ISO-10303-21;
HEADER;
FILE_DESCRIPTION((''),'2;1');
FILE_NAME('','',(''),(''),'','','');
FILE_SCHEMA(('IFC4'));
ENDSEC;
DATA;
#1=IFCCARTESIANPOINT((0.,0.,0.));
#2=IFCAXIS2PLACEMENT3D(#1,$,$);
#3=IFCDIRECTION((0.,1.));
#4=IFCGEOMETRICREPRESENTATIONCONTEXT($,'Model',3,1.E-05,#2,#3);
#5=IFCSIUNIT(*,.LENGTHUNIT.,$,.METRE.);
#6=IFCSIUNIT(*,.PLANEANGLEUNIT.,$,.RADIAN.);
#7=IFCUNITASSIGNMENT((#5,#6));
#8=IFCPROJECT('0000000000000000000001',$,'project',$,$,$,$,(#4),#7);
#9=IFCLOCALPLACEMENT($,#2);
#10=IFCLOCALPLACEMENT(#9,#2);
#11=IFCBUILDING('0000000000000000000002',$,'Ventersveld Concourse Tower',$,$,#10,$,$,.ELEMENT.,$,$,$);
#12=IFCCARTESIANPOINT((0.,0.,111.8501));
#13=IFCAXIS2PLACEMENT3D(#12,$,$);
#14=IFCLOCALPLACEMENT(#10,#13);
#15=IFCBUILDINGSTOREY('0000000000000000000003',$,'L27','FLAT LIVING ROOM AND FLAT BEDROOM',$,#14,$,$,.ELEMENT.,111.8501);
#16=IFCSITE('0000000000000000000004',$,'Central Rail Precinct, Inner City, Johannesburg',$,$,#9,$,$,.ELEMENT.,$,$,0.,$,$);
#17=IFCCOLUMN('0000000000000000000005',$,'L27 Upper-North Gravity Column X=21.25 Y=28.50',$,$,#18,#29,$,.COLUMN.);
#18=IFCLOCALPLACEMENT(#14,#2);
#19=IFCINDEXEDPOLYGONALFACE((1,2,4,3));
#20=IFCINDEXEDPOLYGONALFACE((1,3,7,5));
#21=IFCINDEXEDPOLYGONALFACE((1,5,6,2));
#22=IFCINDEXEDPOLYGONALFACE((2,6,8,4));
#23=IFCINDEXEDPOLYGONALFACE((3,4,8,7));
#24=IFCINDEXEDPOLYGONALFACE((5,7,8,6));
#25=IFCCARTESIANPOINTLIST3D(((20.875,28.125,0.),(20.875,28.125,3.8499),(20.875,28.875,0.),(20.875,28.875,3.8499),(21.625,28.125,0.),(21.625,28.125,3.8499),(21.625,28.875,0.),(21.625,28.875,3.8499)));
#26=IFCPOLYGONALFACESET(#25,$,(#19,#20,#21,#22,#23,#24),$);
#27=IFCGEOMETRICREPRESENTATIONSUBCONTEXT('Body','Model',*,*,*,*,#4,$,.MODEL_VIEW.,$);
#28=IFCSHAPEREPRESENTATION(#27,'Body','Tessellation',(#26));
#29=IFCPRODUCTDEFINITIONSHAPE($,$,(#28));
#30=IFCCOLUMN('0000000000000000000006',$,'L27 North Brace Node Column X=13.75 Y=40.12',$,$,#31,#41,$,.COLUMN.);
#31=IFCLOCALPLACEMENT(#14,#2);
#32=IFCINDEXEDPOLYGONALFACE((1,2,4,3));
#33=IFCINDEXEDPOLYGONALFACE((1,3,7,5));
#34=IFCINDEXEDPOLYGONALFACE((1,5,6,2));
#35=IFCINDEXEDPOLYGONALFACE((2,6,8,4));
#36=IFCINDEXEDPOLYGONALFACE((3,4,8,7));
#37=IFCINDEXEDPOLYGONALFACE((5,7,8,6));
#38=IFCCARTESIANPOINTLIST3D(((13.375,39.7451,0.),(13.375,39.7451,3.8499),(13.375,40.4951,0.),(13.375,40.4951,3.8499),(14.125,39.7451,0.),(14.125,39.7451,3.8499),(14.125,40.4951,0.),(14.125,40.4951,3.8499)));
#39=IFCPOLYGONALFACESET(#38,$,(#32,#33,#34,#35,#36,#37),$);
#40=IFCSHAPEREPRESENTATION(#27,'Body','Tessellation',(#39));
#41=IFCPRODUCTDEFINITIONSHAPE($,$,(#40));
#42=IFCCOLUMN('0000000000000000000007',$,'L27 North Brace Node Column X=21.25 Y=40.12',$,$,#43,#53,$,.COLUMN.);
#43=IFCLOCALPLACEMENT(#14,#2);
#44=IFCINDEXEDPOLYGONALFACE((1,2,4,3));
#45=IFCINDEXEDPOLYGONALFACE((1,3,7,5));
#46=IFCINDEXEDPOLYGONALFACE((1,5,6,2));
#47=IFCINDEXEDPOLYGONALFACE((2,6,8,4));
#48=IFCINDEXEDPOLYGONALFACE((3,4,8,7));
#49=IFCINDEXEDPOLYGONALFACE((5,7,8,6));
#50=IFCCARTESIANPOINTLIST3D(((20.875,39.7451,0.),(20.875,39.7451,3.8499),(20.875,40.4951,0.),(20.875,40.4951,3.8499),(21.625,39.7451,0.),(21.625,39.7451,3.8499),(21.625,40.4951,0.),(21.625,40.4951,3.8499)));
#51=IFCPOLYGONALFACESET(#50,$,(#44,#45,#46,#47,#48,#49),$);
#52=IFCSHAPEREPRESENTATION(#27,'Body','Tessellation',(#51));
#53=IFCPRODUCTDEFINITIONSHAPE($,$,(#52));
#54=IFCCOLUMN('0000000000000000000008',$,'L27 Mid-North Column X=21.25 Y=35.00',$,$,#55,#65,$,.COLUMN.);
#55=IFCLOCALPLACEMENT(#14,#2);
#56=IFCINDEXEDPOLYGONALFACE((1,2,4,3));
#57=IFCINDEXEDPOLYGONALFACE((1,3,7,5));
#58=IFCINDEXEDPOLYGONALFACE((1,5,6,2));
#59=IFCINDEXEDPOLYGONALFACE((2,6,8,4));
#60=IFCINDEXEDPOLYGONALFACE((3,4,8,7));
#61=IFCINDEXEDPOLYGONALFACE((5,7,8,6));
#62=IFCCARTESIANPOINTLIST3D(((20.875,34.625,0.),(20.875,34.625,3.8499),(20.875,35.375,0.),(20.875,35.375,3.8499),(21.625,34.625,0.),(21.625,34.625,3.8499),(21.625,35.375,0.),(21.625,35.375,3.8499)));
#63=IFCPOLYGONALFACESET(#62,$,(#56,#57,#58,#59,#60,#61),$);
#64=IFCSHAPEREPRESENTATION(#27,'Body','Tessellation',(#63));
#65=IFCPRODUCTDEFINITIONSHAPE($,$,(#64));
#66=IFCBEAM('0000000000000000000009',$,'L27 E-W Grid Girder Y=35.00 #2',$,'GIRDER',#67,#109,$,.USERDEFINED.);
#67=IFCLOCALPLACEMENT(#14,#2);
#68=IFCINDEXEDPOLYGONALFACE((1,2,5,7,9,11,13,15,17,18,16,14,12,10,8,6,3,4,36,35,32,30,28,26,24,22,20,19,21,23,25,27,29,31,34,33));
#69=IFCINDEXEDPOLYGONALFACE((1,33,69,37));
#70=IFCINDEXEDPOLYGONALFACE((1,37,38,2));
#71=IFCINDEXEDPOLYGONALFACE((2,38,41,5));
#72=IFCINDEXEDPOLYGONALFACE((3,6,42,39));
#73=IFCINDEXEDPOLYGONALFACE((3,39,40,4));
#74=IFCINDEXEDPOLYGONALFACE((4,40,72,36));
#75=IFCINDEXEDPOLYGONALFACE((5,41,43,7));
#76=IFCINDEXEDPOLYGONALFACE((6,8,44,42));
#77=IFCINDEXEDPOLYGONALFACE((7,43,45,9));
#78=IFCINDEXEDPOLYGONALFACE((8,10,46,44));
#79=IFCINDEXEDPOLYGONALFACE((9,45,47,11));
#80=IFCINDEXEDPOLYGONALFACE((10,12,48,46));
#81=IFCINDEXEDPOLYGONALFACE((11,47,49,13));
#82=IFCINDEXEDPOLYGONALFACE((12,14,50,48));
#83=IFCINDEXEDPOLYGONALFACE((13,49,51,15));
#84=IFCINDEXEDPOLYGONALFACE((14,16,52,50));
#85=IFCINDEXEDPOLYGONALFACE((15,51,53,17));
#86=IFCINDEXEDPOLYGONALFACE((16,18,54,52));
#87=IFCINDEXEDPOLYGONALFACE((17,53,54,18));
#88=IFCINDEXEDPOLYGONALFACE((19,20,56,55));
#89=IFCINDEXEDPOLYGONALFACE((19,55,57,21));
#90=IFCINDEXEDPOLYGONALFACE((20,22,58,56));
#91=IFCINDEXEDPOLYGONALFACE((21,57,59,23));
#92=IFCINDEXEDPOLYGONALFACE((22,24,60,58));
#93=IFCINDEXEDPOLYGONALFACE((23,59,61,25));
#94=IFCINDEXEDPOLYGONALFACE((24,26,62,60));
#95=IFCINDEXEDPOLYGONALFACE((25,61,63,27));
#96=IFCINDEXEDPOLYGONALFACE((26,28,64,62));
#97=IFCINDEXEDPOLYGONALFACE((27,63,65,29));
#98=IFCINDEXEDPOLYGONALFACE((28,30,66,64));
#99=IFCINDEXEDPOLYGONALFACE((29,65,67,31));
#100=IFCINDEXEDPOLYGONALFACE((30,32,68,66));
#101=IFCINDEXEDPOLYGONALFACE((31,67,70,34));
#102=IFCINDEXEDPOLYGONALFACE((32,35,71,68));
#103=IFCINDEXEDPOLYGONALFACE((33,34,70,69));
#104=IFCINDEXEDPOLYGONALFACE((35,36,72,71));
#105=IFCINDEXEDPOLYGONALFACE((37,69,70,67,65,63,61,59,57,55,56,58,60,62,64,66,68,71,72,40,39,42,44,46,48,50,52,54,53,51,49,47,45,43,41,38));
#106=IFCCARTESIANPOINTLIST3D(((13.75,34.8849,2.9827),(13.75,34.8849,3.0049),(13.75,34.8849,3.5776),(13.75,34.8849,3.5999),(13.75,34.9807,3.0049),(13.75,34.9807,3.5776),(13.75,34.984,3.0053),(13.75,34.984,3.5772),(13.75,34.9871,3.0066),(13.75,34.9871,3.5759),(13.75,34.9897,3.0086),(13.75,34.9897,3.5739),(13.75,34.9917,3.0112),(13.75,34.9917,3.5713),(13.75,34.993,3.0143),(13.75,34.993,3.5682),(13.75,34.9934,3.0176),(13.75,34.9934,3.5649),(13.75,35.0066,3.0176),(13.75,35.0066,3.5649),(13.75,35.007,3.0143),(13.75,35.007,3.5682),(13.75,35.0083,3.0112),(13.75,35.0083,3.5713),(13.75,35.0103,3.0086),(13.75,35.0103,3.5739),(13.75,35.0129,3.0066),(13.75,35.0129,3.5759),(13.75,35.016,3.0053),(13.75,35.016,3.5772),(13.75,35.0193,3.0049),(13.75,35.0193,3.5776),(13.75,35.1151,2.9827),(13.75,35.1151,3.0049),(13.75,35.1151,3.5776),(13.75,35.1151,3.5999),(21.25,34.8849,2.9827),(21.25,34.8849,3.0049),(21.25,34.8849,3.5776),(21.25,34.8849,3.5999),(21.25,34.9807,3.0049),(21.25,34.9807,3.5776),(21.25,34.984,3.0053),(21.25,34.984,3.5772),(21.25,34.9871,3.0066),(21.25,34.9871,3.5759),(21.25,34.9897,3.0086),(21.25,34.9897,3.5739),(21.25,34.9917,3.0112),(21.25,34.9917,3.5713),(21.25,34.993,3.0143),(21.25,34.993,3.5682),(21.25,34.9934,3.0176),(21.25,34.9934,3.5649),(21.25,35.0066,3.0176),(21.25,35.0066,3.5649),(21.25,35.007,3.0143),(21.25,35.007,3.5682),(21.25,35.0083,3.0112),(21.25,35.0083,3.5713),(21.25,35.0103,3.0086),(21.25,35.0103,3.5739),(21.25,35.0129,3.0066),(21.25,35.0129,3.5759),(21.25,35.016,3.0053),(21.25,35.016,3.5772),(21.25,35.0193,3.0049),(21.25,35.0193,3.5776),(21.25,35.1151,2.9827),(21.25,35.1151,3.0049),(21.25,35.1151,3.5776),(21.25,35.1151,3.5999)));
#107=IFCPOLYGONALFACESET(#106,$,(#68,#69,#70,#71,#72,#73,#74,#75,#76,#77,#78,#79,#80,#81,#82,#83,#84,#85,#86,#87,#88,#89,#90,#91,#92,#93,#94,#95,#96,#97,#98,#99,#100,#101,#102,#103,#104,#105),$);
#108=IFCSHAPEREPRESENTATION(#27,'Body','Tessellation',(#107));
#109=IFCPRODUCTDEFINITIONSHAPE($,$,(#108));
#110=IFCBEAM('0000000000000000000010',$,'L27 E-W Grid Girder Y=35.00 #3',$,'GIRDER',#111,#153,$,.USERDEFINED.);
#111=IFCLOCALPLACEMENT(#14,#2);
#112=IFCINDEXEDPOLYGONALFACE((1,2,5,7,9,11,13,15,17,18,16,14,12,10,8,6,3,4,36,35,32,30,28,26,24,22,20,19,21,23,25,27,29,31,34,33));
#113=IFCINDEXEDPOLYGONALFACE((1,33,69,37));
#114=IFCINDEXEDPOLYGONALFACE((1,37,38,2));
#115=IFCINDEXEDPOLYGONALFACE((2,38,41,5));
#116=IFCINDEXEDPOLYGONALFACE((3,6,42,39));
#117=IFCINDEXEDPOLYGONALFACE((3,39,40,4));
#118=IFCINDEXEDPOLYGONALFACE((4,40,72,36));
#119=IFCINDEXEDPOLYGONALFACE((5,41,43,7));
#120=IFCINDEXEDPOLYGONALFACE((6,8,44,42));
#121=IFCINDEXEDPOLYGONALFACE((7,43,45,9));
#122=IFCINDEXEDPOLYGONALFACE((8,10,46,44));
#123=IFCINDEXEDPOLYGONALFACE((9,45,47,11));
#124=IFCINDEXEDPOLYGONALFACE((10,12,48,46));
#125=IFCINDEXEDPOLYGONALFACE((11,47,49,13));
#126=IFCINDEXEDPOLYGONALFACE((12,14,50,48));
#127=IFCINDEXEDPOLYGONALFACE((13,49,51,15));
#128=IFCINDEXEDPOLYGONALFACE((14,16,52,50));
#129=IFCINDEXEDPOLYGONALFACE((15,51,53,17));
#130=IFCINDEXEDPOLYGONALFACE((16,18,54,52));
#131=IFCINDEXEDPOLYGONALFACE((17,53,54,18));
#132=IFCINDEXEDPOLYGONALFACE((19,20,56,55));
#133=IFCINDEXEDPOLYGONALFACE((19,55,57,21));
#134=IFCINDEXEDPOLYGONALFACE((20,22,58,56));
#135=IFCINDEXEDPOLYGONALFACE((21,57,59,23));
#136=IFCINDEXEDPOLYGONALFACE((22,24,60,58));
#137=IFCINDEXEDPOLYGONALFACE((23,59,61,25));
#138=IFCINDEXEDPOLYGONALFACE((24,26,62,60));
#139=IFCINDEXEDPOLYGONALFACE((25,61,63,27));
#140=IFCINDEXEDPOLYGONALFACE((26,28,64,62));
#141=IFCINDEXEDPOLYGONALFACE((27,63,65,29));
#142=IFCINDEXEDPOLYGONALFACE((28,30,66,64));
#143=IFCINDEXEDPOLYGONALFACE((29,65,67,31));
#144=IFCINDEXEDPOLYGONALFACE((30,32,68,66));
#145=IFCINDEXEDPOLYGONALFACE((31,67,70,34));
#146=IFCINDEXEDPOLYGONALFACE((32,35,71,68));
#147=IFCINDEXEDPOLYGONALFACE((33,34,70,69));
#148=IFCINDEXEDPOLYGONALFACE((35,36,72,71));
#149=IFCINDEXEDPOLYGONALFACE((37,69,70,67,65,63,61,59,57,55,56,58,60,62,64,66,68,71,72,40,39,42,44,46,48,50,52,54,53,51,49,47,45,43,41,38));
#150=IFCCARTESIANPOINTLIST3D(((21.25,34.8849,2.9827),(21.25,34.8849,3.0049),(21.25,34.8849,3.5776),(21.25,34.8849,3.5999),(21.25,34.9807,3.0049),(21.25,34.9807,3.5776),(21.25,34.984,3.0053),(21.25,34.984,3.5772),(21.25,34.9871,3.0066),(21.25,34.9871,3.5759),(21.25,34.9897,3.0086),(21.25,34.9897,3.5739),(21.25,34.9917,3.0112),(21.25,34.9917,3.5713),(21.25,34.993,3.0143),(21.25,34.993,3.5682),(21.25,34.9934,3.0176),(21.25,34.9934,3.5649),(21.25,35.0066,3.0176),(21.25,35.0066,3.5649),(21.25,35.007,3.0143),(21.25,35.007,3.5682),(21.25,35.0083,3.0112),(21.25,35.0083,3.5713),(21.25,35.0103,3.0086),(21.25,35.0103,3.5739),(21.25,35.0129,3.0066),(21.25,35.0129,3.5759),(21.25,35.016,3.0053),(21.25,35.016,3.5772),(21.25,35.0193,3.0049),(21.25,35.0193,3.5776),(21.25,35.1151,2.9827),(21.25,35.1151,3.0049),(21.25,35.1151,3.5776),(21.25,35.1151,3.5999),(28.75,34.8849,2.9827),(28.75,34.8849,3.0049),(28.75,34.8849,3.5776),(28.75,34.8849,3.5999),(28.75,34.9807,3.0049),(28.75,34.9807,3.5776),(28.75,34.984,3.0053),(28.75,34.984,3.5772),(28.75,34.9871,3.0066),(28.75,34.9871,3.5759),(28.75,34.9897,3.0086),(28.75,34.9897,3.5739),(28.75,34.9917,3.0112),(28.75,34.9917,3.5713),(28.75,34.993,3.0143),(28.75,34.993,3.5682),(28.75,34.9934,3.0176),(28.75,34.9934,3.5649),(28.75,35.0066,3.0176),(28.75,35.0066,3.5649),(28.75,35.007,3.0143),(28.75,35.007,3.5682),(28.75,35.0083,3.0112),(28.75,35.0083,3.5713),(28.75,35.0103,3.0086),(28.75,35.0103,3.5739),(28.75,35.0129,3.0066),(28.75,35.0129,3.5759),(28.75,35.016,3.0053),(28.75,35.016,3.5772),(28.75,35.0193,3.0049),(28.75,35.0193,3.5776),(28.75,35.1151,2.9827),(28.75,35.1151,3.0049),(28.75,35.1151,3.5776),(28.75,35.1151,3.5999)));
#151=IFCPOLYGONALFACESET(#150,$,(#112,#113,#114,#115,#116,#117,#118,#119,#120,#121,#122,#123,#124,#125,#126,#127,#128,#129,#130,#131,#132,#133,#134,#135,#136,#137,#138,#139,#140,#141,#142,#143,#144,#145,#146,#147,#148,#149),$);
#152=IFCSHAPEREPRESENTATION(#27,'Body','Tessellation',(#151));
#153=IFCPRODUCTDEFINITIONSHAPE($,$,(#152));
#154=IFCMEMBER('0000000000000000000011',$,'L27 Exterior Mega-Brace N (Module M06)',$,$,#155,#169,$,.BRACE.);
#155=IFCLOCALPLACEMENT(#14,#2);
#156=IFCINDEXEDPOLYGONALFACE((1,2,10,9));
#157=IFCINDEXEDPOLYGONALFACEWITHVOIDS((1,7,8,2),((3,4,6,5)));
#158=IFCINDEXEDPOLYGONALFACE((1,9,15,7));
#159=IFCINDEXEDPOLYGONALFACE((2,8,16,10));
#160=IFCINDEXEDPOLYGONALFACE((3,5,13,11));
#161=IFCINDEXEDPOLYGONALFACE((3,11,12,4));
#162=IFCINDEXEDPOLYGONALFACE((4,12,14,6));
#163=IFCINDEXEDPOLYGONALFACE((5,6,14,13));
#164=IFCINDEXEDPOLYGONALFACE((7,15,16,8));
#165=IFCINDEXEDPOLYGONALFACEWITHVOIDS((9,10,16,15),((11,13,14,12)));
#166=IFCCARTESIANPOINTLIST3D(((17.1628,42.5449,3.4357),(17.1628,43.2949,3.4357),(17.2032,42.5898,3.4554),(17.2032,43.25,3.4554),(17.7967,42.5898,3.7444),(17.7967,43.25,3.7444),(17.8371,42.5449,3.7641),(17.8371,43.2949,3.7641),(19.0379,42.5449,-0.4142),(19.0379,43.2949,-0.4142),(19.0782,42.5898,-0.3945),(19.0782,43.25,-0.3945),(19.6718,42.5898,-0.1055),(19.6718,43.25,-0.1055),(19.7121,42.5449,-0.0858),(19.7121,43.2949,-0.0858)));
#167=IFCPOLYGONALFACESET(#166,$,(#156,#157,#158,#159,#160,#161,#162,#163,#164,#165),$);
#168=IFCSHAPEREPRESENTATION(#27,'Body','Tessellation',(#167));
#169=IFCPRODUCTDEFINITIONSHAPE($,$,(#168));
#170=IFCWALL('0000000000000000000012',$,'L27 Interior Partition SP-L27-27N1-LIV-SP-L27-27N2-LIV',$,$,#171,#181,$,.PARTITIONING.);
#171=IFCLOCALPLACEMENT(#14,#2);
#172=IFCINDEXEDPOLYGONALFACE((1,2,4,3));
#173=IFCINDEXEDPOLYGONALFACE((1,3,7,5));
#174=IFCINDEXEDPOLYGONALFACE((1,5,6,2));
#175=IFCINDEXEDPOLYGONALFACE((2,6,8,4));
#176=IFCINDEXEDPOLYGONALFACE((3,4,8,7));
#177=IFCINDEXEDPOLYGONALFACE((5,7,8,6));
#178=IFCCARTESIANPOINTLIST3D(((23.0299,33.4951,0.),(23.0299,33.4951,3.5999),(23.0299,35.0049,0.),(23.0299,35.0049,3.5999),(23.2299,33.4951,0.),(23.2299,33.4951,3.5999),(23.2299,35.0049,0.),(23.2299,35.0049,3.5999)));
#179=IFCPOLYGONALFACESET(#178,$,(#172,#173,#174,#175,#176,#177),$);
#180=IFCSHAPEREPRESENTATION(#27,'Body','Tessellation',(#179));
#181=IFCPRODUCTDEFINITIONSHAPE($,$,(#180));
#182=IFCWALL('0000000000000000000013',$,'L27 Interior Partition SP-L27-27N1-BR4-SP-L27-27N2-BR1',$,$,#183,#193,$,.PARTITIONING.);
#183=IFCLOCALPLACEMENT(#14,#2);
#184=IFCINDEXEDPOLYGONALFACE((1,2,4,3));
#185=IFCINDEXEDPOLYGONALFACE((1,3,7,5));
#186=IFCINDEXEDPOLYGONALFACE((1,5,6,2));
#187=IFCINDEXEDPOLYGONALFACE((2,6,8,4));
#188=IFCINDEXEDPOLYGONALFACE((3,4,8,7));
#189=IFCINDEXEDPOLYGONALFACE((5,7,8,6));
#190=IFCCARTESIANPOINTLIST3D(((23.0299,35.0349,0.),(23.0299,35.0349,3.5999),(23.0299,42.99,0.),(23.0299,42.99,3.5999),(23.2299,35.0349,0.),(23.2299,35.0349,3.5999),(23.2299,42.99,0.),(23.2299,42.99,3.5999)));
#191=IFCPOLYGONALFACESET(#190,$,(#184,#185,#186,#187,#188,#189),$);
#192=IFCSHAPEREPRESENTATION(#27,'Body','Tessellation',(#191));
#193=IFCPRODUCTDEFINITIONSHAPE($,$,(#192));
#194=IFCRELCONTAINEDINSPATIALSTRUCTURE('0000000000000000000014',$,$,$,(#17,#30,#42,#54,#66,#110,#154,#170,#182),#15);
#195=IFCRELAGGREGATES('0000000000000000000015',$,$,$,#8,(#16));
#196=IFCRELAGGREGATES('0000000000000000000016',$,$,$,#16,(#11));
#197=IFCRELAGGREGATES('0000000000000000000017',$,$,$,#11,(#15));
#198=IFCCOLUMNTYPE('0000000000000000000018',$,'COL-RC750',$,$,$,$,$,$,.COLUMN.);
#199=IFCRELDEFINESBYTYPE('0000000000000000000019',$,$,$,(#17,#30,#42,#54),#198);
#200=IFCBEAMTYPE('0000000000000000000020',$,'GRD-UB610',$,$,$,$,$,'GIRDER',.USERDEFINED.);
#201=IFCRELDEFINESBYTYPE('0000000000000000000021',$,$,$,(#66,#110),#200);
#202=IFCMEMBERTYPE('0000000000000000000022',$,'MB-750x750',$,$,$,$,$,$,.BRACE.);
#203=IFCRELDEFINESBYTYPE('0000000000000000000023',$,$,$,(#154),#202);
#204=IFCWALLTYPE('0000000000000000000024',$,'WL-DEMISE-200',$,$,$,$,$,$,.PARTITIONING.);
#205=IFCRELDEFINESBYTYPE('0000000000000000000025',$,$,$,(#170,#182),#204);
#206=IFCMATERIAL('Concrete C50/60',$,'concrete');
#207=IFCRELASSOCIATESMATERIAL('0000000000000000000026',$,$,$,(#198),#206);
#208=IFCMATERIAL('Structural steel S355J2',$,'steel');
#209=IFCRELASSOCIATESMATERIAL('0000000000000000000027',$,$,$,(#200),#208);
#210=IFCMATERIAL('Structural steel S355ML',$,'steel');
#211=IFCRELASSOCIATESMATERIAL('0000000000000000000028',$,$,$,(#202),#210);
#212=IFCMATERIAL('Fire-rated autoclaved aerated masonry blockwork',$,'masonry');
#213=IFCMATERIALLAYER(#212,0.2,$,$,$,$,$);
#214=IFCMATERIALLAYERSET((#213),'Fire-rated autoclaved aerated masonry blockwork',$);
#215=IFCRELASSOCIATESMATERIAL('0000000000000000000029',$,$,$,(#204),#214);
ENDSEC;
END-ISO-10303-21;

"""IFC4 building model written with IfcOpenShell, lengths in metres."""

from ifc_helpers import new_model, si_unit, direction, frame, frame_2d, origin, origin_2d, place, context, subcontext, project, spatial, rectangle, hollow_rectangle, i_section, extrude, material, layer, layer_set, material_profile, profile_set, type_object, element, save


model = new_model("IFC4")

# Units and contexts
model_context = context("Model", 3, precision=1e-05, world=origin(), true_north=direction((0.0, 1.0)))
body_context = subcontext(model_context, "Body", "Model", "MODEL_VIEW")
ifc_project = project(units=[si_unit("LENGTHUNIT", "METRE"), si_unit("PLANEANGLEUNIT", "RADIAN")], contexts=[model_context])

# Site, building, storey
site_placement = place(None, origin())
site = spatial("IfcSite", under=ifc_project, at=site_placement, Name="Central Rail Precinct, Inner City, Johannesburg", CompositionType="ELEMENT", RefElevation=0.0)
building_placement = place(site_placement, origin())
building = spatial("IfcBuilding", under=site, at=building_placement, Name="Ventersveld Concourse Tower", CompositionType="ELEMENT")
storey_placement = place(building_placement, frame((0.0, 0.0, 111.8501)))
storey = spatial("IfcBuildingStorey", under=building, at=storey_placement, Name="L27", Description="FLAT LIVING ROOM AND FLAT BEDROOM", CompositionType="ELEMENT", Elevation=111.8501)

# Columns
ifc_material_1 = material(Name="Concrete C50/60", Category="concrete")
ifc_material_profile_1 = material_profile(ifc_material_1, rectangle(XDim=0.75, YDim=0.75, at=origin_2d()), Name="RC 750x750")
ifc_profile_set_1 = profile_set([ifc_material_profile_1], Name="Concrete C50/60")
column_type = type_object("IfcColumnType", Name="COL-RC750", PredefinedType="COLUMN", material=ifc_profile_set_1)
for number, where, z_axis, x_axis, name in (
    (1, (21.25, 28.5, 0.0), (0.0, 0.0, 1.0), (1.0, 0.0, 0.0), "L27 Upper-North Gravity Column X=21.25 Y=28.50"),
    (2, (13.75, 40.1201, 0.0), (0.0, 0.0, 1.0), (1.0, 0.0, 0.0), "L27 North Brace Node Column X=13.75 Y=40.12"),
    (3, (21.25, 40.1201, 0.0), (0.0, 0.0, 1.0), (1.0, 0.0, 0.0), "L27 North Brace Node Column X=21.25 Y=40.12"),
    (4, (21.25, 35.0, 0.0), (0.0, 0.0, 1.0), (1.0, 0.0, 0.0), "L27 Mid-North Column X=21.25 Y=35.00"),
):
    element("IfcColumn", number, at=place(storey_placement, frame(where, z_axis=z_axis, x_axis=x_axis)), inside=storey, type_object=column_type, Name=name, PredefinedType="COLUMN", context=body_context, shape_type="SweptSolid", body=[
        extrude(rectangle(XDim=0.75, YDim=0.75, at=origin_2d()), origin(), (0.0, 0.0, 1.0), 3.8499),
    ])

# Beams
ifc_material_2 = material(Name="Structural steel S355J2", Category="steel")
ifc_material_profile_2 = material_profile(ifc_material_2, i_section(OverallWidth=0.2302, OverallDepth=0.6172, WebThickness=0.0132, FlangeThickness=0.0222, FilletRadius=0.0127, at=origin_2d()), Name="UB 610x229x140")
ifc_profile_set_2 = profile_set([ifc_material_profile_2], Name="Structural steel S355J2")
beam_type = type_object("IfcBeamType", Name="GRD-UB610", ElementType="GIRDER", PredefinedType="USERDEFINED", material=ifc_profile_set_2)
for number, where, z_axis, x_axis, name in (
    (5, (13.75, 35.0, 3.2913), (1.0, 0.0, 0.0), (0.0, 1.0, 0.0), "L27 E-W Grid Girder Y=35.00 #2"),
    (6, (21.25, 35.0, 3.2913), (1.0, 0.0, 0.0), (0.0, 1.0, 0.0), "L27 E-W Grid Girder Y=35.00 #3"),
):
    element("IfcBeam", number, at=place(storey_placement, frame(where, z_axis=z_axis, x_axis=x_axis)), inside=storey, type_object=beam_type, Name=name, ObjectType="GIRDER", PredefinedType="USERDEFINED", context=body_context, shape_type="SweptSolid", body=[
        extrude(i_section(OverallWidth=0.2302, OverallDepth=0.6172, WebThickness=0.0132, FlangeThickness=0.0222, FilletRadius=0.0127, at=origin_2d()), origin(), (0.0, 0.0, 1.0), 7.5),
    ])

# Member
ifc_material_3 = material(Name="Structural steel S355ML", Category="steel")
ifc_material_profile_3 = material_profile(ifc_material_3, hollow_rectangle(XDim=0.75, YDim=0.75, WallThickness=0.0449, at=origin_2d()), Name="BOX 750x750x45")
ifc_profile_set_3 = profile_set([ifc_material_profile_3], Name="Structural steel S355ML")
member_type = type_object("IfcMemberType", Name="MB-750x750", PredefinedType="BRACE", material=ifc_profile_set_3)
member_placement = place(storey_placement, frame((19.375, 42.9199, -0.25), z_axis=(-0.437862, 0.0, 0.899042), x_axis=(0.0, -1.0, 0.0)))
element("IfcMember", 7, at=member_placement, inside=storey, type_object=member_type, Name="L27 Exterior Mega-Brace N (Module M06)", PredefinedType="BRACE", context=body_context, shape_type="SweptSolid", body=[
    extrude(hollow_rectangle(XDim=0.75, YDim=0.75, WallThickness=0.0449, at=origin_2d()), origin(), (0.0, 0.0, 1.0), 4.2822),
])

# Walls
ifc_material_4 = material(Name="Fire-rated autoclaved aerated masonry blockwork", Category="masonry")
ifc_layer_1 = layer(ifc_material_4, 0.2)
ifc_layer_set_1 = layer_set([ifc_layer_1], Name="Fire-rated autoclaved aerated masonry blockwork")
wall_type_1 = type_object("IfcWallType", Name="WL-DEMISE-200", PredefinedType="PARTITIONING", material=ifc_layer_set_1)
wall_1_placement = place(storey_placement, frame((23.1299, 33.4951, 0.0), z_axis=(0.0, 0.0, 1.0), x_axis=(0.0, 1.0, 0.0)))
element("IfcWall", 8, at=wall_1_placement, inside=storey, type_object=wall_type_1, Name="L27 Interior Partition SP-L27-27N1-LIV-SP-L27-27N2-LIV", PredefinedType="PARTITIONING", context=body_context, shape_type="SweptSolid", body=[
    extrude(rectangle(XDim=1.5098, YDim=0.2, at=frame_2d((0.7549, 0.0))), origin(), (0.0, 0.0, 1.0), 3.5999),
])
wall_2_placement = place(storey_placement, frame((23.1299, 35.0349, 0.0), z_axis=(0.0, 0.0, 1.0), x_axis=(0.0, 1.0, 0.0)))
element("IfcWall", 9, at=wall_2_placement, inside=storey, type_object=wall_type_1, Name="L27 Interior Partition SP-L27-27N1-BR4-SP-L27-27N2-BR1", PredefinedType="PARTITIONING", context=body_context, shape_type="SweptSolid", body=[
    extrude(rectangle(XDim=7.9551, YDim=0.2, at=frame_2d((3.9775, 0.0))), origin(), (0.0, 0.0, 1.0), 3.5999),
])

save(model, "model.ifc")
